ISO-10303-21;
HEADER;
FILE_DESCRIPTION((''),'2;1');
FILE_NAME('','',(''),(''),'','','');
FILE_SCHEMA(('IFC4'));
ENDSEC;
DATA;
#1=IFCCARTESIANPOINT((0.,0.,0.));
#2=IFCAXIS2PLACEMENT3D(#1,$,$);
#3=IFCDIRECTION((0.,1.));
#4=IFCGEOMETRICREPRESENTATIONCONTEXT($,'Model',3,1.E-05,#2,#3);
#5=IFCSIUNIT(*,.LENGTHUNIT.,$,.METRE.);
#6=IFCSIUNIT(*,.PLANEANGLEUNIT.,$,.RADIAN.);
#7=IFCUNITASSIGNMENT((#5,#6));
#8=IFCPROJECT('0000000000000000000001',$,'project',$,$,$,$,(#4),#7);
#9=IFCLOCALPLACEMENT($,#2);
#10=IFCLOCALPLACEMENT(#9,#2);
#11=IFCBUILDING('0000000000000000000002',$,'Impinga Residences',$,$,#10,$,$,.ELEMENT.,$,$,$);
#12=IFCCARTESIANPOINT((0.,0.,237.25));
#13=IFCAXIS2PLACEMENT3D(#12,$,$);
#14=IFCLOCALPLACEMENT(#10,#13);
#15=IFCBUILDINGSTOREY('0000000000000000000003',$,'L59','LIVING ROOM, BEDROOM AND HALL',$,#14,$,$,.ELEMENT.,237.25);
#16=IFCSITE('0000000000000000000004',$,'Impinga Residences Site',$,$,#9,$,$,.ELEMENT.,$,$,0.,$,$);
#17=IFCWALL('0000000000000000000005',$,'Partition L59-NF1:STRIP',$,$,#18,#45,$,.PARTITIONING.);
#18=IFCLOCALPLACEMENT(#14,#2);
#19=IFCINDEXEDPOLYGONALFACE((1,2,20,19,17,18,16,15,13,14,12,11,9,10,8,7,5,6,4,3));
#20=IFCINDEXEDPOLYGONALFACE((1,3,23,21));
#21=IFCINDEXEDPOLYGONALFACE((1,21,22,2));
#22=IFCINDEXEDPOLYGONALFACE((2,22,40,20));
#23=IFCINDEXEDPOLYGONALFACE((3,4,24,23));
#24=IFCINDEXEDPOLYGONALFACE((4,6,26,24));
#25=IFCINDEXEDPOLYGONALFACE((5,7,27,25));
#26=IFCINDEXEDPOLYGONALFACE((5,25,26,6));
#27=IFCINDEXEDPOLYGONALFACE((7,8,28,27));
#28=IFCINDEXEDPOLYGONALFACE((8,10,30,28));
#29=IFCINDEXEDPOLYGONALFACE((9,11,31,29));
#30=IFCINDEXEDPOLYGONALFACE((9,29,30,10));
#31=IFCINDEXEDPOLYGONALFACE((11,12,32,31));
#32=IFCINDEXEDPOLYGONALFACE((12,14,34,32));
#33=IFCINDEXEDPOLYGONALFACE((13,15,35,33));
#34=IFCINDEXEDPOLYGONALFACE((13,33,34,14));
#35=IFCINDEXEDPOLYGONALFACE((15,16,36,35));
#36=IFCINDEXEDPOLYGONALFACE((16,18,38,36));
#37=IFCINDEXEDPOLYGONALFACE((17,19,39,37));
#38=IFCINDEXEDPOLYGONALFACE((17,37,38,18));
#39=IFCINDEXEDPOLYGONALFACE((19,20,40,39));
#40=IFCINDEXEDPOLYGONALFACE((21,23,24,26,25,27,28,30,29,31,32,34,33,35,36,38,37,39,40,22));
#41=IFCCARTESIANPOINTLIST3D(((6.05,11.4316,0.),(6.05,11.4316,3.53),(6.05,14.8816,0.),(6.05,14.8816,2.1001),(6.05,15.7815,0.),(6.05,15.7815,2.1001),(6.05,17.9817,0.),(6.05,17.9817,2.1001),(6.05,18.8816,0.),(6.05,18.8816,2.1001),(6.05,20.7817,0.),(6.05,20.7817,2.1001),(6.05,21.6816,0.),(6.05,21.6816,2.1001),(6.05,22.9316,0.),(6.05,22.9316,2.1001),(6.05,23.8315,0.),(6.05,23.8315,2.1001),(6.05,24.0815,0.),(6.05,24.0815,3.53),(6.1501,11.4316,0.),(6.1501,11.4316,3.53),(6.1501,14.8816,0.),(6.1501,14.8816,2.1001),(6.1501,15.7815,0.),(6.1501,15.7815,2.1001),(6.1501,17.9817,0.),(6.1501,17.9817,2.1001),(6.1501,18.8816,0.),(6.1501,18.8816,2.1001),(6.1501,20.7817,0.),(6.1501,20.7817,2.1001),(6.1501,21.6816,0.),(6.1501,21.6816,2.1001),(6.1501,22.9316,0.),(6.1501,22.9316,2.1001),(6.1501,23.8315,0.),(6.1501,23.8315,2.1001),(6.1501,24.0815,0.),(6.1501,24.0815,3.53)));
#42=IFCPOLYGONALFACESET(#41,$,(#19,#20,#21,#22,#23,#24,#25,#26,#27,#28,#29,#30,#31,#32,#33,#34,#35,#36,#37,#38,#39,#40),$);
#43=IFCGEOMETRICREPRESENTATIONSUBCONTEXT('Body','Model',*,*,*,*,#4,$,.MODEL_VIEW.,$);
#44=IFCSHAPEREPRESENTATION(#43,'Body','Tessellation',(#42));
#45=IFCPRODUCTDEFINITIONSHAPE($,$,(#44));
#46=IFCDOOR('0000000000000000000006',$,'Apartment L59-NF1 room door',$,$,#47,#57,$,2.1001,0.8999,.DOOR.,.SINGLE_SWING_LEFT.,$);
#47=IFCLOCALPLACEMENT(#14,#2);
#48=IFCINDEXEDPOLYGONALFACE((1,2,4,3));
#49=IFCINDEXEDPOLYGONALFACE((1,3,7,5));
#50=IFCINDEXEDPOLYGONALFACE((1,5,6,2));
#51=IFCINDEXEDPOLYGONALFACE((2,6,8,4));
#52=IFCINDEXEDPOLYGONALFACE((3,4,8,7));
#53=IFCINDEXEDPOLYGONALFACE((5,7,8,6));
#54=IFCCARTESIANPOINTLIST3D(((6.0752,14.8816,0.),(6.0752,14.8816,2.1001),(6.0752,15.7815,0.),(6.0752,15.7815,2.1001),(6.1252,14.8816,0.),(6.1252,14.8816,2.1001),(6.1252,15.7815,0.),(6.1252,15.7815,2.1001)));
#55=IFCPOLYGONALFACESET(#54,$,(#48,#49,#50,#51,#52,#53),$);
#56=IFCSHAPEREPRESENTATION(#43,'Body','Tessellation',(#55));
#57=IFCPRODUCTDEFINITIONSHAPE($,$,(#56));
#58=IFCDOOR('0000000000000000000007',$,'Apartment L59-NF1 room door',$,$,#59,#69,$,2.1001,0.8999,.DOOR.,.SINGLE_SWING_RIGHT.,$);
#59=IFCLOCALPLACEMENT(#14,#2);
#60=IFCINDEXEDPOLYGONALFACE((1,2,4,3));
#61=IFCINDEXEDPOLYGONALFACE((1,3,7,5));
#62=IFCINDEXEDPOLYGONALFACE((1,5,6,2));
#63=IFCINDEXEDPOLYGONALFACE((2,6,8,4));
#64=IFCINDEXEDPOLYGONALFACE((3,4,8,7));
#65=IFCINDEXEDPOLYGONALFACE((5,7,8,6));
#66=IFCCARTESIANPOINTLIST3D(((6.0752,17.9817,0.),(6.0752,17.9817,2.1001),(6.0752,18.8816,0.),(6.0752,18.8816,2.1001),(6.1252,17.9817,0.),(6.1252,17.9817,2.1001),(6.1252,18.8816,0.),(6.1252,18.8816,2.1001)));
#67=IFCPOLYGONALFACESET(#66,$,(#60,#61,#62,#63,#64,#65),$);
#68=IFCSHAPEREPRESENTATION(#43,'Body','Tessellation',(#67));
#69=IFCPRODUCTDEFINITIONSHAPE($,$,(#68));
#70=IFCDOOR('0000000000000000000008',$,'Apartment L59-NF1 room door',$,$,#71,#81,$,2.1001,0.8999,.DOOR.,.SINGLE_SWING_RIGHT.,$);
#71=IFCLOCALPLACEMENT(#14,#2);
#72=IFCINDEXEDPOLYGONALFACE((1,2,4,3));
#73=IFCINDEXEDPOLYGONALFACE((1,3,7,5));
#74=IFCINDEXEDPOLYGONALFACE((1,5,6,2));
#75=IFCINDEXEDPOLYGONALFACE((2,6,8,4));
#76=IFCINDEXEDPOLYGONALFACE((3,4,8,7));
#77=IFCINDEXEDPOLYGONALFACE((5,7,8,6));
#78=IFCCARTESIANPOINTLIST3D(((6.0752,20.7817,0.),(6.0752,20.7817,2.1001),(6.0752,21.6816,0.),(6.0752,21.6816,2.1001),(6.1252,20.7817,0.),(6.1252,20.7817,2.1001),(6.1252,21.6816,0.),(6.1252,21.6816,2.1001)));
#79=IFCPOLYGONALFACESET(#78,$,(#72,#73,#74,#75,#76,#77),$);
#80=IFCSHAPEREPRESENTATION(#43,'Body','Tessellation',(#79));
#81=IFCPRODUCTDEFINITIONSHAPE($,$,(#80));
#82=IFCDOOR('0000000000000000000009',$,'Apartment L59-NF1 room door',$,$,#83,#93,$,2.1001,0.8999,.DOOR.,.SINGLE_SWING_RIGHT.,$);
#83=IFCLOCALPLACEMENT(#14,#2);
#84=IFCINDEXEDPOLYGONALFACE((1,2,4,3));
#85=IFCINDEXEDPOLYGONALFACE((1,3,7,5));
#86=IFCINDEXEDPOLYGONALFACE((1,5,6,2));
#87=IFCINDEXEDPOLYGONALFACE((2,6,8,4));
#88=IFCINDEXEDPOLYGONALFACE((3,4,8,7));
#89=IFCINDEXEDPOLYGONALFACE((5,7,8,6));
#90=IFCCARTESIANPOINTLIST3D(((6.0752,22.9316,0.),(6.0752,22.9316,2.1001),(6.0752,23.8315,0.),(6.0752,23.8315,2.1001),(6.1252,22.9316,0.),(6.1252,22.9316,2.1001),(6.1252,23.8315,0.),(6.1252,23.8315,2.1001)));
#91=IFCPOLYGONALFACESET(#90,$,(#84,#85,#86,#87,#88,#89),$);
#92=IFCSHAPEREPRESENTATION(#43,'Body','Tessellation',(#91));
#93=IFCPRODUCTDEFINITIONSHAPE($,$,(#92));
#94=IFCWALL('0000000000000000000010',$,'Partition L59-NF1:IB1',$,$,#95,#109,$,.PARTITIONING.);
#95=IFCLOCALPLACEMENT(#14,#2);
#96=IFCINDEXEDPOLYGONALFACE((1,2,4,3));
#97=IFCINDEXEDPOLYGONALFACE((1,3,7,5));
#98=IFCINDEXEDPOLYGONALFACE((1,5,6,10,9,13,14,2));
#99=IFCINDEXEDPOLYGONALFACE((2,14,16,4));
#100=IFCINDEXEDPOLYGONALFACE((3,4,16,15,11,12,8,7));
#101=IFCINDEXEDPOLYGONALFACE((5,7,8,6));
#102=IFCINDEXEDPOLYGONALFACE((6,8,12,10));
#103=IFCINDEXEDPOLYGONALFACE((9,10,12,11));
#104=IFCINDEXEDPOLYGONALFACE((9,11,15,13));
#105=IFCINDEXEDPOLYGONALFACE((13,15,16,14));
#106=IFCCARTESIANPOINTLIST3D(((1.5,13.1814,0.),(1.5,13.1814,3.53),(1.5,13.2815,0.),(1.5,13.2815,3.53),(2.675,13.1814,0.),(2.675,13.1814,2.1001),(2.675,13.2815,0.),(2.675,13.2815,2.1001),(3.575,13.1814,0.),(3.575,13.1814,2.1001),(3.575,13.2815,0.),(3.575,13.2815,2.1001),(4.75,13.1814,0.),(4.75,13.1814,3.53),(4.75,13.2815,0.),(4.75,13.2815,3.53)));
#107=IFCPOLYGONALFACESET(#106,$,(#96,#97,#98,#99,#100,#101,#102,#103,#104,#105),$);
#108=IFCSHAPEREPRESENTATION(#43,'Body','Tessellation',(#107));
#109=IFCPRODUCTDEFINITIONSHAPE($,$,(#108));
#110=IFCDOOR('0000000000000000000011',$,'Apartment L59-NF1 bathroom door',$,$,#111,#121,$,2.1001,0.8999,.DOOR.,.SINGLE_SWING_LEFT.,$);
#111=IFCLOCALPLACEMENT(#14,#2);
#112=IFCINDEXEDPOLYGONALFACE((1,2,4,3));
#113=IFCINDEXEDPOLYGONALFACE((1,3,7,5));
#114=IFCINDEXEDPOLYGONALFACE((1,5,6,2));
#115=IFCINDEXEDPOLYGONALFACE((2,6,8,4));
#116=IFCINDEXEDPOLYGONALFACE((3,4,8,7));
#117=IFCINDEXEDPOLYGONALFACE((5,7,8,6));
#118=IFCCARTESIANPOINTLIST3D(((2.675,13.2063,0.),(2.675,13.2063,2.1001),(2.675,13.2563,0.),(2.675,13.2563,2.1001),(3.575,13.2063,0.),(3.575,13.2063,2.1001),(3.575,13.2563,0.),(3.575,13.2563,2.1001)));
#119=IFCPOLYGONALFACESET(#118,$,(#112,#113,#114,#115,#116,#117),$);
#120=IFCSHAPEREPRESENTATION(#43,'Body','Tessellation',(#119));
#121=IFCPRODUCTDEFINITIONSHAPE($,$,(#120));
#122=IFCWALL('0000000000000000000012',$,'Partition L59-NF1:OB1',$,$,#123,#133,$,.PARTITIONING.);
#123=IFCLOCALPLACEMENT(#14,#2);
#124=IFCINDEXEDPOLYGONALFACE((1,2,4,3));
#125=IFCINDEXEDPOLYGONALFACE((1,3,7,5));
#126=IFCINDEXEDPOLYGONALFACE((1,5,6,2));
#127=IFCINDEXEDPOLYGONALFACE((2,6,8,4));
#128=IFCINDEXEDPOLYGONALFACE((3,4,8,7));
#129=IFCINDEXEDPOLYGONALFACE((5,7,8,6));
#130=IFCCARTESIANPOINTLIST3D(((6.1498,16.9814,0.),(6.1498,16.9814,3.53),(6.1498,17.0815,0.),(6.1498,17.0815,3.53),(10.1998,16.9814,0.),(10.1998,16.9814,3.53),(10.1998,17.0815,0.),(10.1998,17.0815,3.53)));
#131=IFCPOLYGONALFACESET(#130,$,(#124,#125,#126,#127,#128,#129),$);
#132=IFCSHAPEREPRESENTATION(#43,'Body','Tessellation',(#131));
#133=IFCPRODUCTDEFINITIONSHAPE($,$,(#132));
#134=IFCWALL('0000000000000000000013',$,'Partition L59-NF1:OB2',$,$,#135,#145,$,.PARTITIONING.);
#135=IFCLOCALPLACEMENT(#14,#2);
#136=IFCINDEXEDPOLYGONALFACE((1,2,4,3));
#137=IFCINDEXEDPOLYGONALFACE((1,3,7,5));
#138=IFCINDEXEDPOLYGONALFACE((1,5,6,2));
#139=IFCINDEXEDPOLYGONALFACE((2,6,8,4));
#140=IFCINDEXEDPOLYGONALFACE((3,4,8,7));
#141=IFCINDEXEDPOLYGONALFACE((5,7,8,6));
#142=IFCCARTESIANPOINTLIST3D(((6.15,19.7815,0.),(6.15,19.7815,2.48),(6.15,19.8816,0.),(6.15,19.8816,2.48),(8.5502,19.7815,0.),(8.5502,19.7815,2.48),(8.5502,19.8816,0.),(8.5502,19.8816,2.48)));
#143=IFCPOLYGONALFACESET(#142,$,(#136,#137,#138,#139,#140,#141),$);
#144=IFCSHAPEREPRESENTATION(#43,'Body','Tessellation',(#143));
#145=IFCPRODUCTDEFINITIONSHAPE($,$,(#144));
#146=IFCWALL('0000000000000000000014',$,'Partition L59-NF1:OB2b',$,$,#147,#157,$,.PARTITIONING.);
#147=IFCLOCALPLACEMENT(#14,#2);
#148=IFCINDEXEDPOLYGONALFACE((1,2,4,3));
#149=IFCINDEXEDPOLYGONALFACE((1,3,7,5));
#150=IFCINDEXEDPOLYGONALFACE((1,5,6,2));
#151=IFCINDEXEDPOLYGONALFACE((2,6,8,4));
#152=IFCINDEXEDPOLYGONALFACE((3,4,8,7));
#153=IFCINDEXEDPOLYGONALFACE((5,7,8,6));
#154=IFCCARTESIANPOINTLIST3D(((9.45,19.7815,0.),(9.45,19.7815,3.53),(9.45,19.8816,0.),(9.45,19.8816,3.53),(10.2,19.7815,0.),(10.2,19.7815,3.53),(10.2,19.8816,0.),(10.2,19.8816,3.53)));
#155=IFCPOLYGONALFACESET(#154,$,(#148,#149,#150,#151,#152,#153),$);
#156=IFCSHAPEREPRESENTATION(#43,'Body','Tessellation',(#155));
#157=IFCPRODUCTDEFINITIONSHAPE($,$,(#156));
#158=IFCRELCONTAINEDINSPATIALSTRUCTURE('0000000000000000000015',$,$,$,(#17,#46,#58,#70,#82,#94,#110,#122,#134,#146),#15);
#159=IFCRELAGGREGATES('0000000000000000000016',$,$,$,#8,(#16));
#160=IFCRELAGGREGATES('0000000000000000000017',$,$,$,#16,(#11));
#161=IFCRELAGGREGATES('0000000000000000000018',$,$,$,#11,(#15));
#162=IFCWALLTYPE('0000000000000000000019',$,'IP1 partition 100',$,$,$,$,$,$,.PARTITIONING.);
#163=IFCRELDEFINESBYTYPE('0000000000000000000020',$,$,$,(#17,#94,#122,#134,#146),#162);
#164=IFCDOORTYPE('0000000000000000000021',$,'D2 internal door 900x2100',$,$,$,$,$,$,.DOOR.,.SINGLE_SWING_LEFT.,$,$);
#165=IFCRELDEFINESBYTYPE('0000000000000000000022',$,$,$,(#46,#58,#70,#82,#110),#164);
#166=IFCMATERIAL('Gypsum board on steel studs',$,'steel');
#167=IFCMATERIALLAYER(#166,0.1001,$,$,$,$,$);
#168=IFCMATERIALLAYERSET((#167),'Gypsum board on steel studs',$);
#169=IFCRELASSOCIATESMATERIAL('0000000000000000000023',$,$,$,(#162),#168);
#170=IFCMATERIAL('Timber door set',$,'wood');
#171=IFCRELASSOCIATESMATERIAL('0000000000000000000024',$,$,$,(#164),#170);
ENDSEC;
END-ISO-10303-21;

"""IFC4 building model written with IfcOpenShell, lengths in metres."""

from ifc_helpers import new_model, si_unit, direction, frame, frame_2d, origin, place, context, subcontext, project, spatial, rectangle, extrude, material, layer, layer_set, type_object, element, fill, save


model = new_model("IFC4")

# Units and contexts
model_context = context("Model", 3, precision=1e-05, world=origin(), true_north=direction((0.0, 1.0)))
body_context = subcontext(model_context, "Body", "Model", "MODEL_VIEW")
ifc_project = project(units=[si_unit("LENGTHUNIT", "METRE"), si_unit("PLANEANGLEUNIT", "RADIAN")], contexts=[model_context])

# Site, building, storey
site_placement = place(None, origin())
site = spatial("IfcSite", under=ifc_project, at=site_placement, Name="Impinga Residences Site", CompositionType="ELEMENT", RefElevation=0.0)
building_placement = place(site_placement, origin())
building = spatial("IfcBuilding", under=site, at=building_placement, Name="Impinga Residences", CompositionType="ELEMENT")
storey_placement = place(building_placement, frame((0.0, 0.0, 237.25)))
storey = spatial("IfcBuildingStorey", under=building, at=storey_placement, Name="L59", Description="LIVING ROOM, BEDROOM AND HALL", CompositionType="ELEMENT", Elevation=237.25)

# Shared definitions
ifc_material_1 = material(Name="Gypsum board on steel studs", Category="steel")
ifc_layer_1 = layer(ifc_material_1, 0.1001)
ifc_layer_set_1 = layer_set([ifc_layer_1], Name="Gypsum board on steel studs")
wall_type_1 = type_object("IfcWallType", Name="IP1 partition 100", PredefinedType="PARTITIONING", material=ifc_layer_set_1)

# Wall, openings, doors
wall_1_placement = place(storey_placement, frame((6.1001, 11.4316, 0.0), z_axis=(0.0, 0.0, 1.0), x_axis=(0.0, 1.0, 0.0)))
wall_1 = element("IfcWall", 1, at=wall_1_placement, inside=storey, type_object=wall_type_1, Name="Partition L59-NF1:STRIP", PredefinedType="PARTITIONING", context=body_context, shape_type="SweptSolid", body=[
    extrude(rectangle(XDim=12.6499, YDim=0.1001, at=frame_2d((6.325, 0.0))), origin(), (0.0, 0.0, 1.0), 3.53),
])
opening_1_placement = place(wall_1_placement, frame((3.45, 0.0, 0.0)))
opening_1 = element("IfcOpeningElement", 2, at=opening_1_placement, cuts=wall_1, PredefinedType="OPENING", context=body_context, shape_type="SweptSolid", body=[
    extrude(rectangle(XDim=0.8999, YDim=2.1001, at=frame_2d((0.45, 1.05))), frame((0.0, 0.0601, 0.0), z_axis=(0.0, -1.0, 0.0), x_axis=(1.0, 0.0, 0.0)), (0.0, 0.0, 1.0), 0.1201),
])
opening_2_placement = place(wall_1_placement, frame((6.55, 0.0, 0.0)))
opening_2 = element("IfcOpeningElement", 3, at=opening_2_placement, cuts=wall_1, PredefinedType="OPENING", context=body_context, shape_type="SweptSolid", body=[
    extrude(rectangle(XDim=0.8999, YDim=2.1001, at=frame_2d((0.45, 1.05))), frame((0.0, 0.0601, 0.0), z_axis=(0.0, -1.0, 0.0), x_axis=(1.0, 0.0, 0.0)), (0.0, 0.0, 1.0), 0.1201),
])
opening_3_placement = place(wall_1_placement, frame((9.3501, 0.0, 0.0)))
opening_3 = element("IfcOpeningElement", 4, at=opening_3_placement, cuts=wall_1, PredefinedType="OPENING", context=body_context, shape_type="SweptSolid", body=[
    extrude(rectangle(XDim=0.8999, YDim=2.1001, at=frame_2d((0.45, 1.05))), frame((0.0, 0.0601, 0.0), z_axis=(0.0, -1.0, 0.0), x_axis=(1.0, 0.0, 0.0)), (0.0, 0.0, 1.0), 0.1201),
])
opening_4_placement = place(wall_1_placement, frame((11.5, 0.0, 0.0)))
opening_4 = element("IfcOpeningElement", 5, at=opening_4_placement, cuts=wall_1, PredefinedType="OPENING", context=body_context, shape_type="SweptSolid", body=[
    extrude(rectangle(XDim=0.8999, YDim=2.1001, at=frame_2d((0.45, 1.05))), frame((0.0, 0.0601, 0.0), z_axis=(0.0, -1.0, 0.0), x_axis=(1.0, 0.0, 0.0)), (0.0, 0.0, 1.0), 0.1201),
])
ifc_material_2 = material(Name="Timber door set", Category="wood")
door_type_1 = type_object("IfcDoorType", Name="D2 internal door 900x2100", OperationType="SINGLE_SWING_LEFT", PredefinedType="DOOR", material=ifc_material_2)
door_1_placement = place(opening_1_placement, origin())
door_1 = element("IfcDoor", 6, at=door_1_placement, inside=storey, type_object=door_type_1, Name="Apartment L59-NF1 room door", OperationType="SINGLE_SWING_LEFT", OverallHeight=2.1001, OverallWidth=0.8999, PredefinedType="DOOR", context=body_context, shape_type="SweptSolid", body=[
    extrude(rectangle(XDim=0.8999, YDim=2.1001, at=frame_2d((0.45, 1.05))), frame((0.0, 0.0249, 0.0), z_axis=(0.0, -1.0, 0.0), x_axis=(1.0, 0.0, 0.0)), (0.0, 0.0, 1.0), 0.05),
])
fill(opening_1, door_1)
door_2_placement = place(opening_2_placement, origin())
door_2 = element("IfcDoor", 7, at=door_2_placement, inside=storey, type_object=door_type_1, Name="Apartment L59-NF1 room door", OperationType="SINGLE_SWING_RIGHT", OverallHeight=2.1001, OverallWidth=0.8999, PredefinedType="DOOR", context=body_context, shape_type="SweptSolid", body=[
    extrude(rectangle(XDim=0.8999, YDim=2.1001, at=frame_2d((0.45, 1.05))), frame((0.0, 0.0249, 0.0), z_axis=(0.0, -1.0, 0.0), x_axis=(1.0, 0.0, 0.0)), (0.0, 0.0, 1.0), 0.05),
])
fill(opening_2, door_2)
door_3_placement = place(opening_3_placement, origin())
door_3 = element("IfcDoor", 8, at=door_3_placement, inside=storey, type_object=door_type_1, Name="Apartment L59-NF1 room door", OperationType="SINGLE_SWING_RIGHT", OverallHeight=2.1001, OverallWidth=0.8999, PredefinedType="DOOR", context=body_context, shape_type="SweptSolid", body=[
    extrude(rectangle(XDim=0.8999, YDim=2.1001, at=frame_2d((0.45, 1.05))), frame((0.0, 0.0249, 0.0), z_axis=(0.0, -1.0, 0.0), x_axis=(1.0, 0.0, 0.0)), (0.0, 0.0, 1.0), 0.05),
])
fill(opening_3, door_3)
door_4_placement = place(opening_4_placement, origin())
door_4 = element("IfcDoor", 9, at=door_4_placement, inside=storey, type_object=door_type_1, Name="Apartment L59-NF1 room door", OperationType="SINGLE_SWING_RIGHT", OverallHeight=2.1001, OverallWidth=0.8999, PredefinedType="DOOR", context=body_context, shape_type="SweptSolid", body=[
    extrude(rectangle(XDim=0.8999, YDim=2.1001, at=frame_2d((0.45, 1.05))), frame((0.0, 0.0249, 0.0), z_axis=(0.0, -1.0, 0.0), x_axis=(1.0, 0.0, 0.0)), (0.0, 0.0, 1.0), 0.05),
])
fill(opening_4, door_4)

# Wall, opening, door
wall_2_placement = place(storey_placement, frame((1.5, 13.2314, 0.0), z_axis=(0.0, 0.0, 1.0), x_axis=(1.0, 0.0, 0.0)))
wall_2 = element("IfcWall", 10, at=wall_2_placement, inside=storey, type_object=wall_type_1, Name="Partition L59-NF1:IB1", PredefinedType="PARTITIONING", context=body_context, shape_type="SweptSolid", body=[
    extrude(rectangle(XDim=3.25, YDim=0.1001, at=frame_2d((1.625, 0.0))), origin(), (0.0, 0.0, 1.0), 3.53),
])
opening_5_placement = place(wall_2_placement, frame((1.175, 0.0, 0.0)))
opening_5 = element("IfcOpeningElement", 11, at=opening_5_placement, cuts=wall_2, PredefinedType="OPENING", context=body_context, shape_type="SweptSolid", body=[
    extrude(rectangle(XDim=0.8999, YDim=2.1001, at=frame_2d((0.45, 1.05))), frame((0.0, 0.0601, 0.0), z_axis=(0.0, -1.0, 0.0), x_axis=(1.0, 0.0, 0.0)), (0.0, 0.0, 1.0), 0.1201),
])
door_5_placement = place(opening_5_placement, origin())
door_5 = element("IfcDoor", 12, at=door_5_placement, inside=storey, type_object=door_type_1, Name="Apartment L59-NF1 bathroom door", OperationType="SINGLE_SWING_LEFT", OverallHeight=2.1001, OverallWidth=0.8999, PredefinedType="DOOR", context=body_context, shape_type="SweptSolid", body=[
    extrude(rectangle(XDim=0.8999, YDim=2.1001, at=frame_2d((0.45, 1.05))), frame((0.0, 0.0249, 0.0), z_axis=(0.0, -1.0, 0.0), x_axis=(1.0, 0.0, 0.0)), (0.0, 0.0, 1.0), 0.05),
])
fill(opening_5, door_5)

# Walls
wall_3_placement = place(storey_placement, frame((6.1499, 17.0315, 0.0), z_axis=(0.0, 0.0, 1.0), x_axis=(1.0, 0.0, 0.0)))
element("IfcWall", 13, at=wall_3_placement, inside=storey, type_object=wall_type_1, Name="Partition L59-NF1:OB1", PredefinedType="PARTITIONING", context=body_context, shape_type="SweptSolid", body=[
    extrude(rectangle(XDim=4.05, YDim=0.1001, at=frame_2d((2.0249, 0.0))), origin(), (0.0, 0.0, 1.0), 3.53),
])
wall_4_placement = place(storey_placement, frame((6.1499, 19.8315, 0.0), z_axis=(0.0, 0.0, 1.0), x_axis=(1.0, 0.0, 0.0)))
element("IfcWall", 14, at=wall_4_placement, inside=storey, type_object=wall_type_1, Name="Partition L59-NF1:OB2", PredefinedType="PARTITIONING", context=body_context, shape_type="SweptSolid", body=[
    extrude(rectangle(XDim=2.4001, YDim=0.1001, at=frame_2d((1.2002, 0.0))), origin(), (0.0, 0.0, 1.0), 2.48),
])
wall_5_placement = place(storey_placement, frame((9.45, 19.8315, 0.0), z_axis=(0.0, 0.0, 1.0), x_axis=(1.0, 0.0, 0.0)))
element("IfcWall", 15, at=wall_5_placement, inside=storey, type_object=wall_type_1, Name="Partition L59-NF1:OB2b", PredefinedType="PARTITIONING", context=body_context, shape_type="SweptSolid", body=[
    extrude(rectangle(XDim=0.75, YDim=0.1001, at=frame_2d((0.375, 0.0))), origin(), (0.0, 0.0, 1.0), 3.53),
])

save(model, "model.ifc")
